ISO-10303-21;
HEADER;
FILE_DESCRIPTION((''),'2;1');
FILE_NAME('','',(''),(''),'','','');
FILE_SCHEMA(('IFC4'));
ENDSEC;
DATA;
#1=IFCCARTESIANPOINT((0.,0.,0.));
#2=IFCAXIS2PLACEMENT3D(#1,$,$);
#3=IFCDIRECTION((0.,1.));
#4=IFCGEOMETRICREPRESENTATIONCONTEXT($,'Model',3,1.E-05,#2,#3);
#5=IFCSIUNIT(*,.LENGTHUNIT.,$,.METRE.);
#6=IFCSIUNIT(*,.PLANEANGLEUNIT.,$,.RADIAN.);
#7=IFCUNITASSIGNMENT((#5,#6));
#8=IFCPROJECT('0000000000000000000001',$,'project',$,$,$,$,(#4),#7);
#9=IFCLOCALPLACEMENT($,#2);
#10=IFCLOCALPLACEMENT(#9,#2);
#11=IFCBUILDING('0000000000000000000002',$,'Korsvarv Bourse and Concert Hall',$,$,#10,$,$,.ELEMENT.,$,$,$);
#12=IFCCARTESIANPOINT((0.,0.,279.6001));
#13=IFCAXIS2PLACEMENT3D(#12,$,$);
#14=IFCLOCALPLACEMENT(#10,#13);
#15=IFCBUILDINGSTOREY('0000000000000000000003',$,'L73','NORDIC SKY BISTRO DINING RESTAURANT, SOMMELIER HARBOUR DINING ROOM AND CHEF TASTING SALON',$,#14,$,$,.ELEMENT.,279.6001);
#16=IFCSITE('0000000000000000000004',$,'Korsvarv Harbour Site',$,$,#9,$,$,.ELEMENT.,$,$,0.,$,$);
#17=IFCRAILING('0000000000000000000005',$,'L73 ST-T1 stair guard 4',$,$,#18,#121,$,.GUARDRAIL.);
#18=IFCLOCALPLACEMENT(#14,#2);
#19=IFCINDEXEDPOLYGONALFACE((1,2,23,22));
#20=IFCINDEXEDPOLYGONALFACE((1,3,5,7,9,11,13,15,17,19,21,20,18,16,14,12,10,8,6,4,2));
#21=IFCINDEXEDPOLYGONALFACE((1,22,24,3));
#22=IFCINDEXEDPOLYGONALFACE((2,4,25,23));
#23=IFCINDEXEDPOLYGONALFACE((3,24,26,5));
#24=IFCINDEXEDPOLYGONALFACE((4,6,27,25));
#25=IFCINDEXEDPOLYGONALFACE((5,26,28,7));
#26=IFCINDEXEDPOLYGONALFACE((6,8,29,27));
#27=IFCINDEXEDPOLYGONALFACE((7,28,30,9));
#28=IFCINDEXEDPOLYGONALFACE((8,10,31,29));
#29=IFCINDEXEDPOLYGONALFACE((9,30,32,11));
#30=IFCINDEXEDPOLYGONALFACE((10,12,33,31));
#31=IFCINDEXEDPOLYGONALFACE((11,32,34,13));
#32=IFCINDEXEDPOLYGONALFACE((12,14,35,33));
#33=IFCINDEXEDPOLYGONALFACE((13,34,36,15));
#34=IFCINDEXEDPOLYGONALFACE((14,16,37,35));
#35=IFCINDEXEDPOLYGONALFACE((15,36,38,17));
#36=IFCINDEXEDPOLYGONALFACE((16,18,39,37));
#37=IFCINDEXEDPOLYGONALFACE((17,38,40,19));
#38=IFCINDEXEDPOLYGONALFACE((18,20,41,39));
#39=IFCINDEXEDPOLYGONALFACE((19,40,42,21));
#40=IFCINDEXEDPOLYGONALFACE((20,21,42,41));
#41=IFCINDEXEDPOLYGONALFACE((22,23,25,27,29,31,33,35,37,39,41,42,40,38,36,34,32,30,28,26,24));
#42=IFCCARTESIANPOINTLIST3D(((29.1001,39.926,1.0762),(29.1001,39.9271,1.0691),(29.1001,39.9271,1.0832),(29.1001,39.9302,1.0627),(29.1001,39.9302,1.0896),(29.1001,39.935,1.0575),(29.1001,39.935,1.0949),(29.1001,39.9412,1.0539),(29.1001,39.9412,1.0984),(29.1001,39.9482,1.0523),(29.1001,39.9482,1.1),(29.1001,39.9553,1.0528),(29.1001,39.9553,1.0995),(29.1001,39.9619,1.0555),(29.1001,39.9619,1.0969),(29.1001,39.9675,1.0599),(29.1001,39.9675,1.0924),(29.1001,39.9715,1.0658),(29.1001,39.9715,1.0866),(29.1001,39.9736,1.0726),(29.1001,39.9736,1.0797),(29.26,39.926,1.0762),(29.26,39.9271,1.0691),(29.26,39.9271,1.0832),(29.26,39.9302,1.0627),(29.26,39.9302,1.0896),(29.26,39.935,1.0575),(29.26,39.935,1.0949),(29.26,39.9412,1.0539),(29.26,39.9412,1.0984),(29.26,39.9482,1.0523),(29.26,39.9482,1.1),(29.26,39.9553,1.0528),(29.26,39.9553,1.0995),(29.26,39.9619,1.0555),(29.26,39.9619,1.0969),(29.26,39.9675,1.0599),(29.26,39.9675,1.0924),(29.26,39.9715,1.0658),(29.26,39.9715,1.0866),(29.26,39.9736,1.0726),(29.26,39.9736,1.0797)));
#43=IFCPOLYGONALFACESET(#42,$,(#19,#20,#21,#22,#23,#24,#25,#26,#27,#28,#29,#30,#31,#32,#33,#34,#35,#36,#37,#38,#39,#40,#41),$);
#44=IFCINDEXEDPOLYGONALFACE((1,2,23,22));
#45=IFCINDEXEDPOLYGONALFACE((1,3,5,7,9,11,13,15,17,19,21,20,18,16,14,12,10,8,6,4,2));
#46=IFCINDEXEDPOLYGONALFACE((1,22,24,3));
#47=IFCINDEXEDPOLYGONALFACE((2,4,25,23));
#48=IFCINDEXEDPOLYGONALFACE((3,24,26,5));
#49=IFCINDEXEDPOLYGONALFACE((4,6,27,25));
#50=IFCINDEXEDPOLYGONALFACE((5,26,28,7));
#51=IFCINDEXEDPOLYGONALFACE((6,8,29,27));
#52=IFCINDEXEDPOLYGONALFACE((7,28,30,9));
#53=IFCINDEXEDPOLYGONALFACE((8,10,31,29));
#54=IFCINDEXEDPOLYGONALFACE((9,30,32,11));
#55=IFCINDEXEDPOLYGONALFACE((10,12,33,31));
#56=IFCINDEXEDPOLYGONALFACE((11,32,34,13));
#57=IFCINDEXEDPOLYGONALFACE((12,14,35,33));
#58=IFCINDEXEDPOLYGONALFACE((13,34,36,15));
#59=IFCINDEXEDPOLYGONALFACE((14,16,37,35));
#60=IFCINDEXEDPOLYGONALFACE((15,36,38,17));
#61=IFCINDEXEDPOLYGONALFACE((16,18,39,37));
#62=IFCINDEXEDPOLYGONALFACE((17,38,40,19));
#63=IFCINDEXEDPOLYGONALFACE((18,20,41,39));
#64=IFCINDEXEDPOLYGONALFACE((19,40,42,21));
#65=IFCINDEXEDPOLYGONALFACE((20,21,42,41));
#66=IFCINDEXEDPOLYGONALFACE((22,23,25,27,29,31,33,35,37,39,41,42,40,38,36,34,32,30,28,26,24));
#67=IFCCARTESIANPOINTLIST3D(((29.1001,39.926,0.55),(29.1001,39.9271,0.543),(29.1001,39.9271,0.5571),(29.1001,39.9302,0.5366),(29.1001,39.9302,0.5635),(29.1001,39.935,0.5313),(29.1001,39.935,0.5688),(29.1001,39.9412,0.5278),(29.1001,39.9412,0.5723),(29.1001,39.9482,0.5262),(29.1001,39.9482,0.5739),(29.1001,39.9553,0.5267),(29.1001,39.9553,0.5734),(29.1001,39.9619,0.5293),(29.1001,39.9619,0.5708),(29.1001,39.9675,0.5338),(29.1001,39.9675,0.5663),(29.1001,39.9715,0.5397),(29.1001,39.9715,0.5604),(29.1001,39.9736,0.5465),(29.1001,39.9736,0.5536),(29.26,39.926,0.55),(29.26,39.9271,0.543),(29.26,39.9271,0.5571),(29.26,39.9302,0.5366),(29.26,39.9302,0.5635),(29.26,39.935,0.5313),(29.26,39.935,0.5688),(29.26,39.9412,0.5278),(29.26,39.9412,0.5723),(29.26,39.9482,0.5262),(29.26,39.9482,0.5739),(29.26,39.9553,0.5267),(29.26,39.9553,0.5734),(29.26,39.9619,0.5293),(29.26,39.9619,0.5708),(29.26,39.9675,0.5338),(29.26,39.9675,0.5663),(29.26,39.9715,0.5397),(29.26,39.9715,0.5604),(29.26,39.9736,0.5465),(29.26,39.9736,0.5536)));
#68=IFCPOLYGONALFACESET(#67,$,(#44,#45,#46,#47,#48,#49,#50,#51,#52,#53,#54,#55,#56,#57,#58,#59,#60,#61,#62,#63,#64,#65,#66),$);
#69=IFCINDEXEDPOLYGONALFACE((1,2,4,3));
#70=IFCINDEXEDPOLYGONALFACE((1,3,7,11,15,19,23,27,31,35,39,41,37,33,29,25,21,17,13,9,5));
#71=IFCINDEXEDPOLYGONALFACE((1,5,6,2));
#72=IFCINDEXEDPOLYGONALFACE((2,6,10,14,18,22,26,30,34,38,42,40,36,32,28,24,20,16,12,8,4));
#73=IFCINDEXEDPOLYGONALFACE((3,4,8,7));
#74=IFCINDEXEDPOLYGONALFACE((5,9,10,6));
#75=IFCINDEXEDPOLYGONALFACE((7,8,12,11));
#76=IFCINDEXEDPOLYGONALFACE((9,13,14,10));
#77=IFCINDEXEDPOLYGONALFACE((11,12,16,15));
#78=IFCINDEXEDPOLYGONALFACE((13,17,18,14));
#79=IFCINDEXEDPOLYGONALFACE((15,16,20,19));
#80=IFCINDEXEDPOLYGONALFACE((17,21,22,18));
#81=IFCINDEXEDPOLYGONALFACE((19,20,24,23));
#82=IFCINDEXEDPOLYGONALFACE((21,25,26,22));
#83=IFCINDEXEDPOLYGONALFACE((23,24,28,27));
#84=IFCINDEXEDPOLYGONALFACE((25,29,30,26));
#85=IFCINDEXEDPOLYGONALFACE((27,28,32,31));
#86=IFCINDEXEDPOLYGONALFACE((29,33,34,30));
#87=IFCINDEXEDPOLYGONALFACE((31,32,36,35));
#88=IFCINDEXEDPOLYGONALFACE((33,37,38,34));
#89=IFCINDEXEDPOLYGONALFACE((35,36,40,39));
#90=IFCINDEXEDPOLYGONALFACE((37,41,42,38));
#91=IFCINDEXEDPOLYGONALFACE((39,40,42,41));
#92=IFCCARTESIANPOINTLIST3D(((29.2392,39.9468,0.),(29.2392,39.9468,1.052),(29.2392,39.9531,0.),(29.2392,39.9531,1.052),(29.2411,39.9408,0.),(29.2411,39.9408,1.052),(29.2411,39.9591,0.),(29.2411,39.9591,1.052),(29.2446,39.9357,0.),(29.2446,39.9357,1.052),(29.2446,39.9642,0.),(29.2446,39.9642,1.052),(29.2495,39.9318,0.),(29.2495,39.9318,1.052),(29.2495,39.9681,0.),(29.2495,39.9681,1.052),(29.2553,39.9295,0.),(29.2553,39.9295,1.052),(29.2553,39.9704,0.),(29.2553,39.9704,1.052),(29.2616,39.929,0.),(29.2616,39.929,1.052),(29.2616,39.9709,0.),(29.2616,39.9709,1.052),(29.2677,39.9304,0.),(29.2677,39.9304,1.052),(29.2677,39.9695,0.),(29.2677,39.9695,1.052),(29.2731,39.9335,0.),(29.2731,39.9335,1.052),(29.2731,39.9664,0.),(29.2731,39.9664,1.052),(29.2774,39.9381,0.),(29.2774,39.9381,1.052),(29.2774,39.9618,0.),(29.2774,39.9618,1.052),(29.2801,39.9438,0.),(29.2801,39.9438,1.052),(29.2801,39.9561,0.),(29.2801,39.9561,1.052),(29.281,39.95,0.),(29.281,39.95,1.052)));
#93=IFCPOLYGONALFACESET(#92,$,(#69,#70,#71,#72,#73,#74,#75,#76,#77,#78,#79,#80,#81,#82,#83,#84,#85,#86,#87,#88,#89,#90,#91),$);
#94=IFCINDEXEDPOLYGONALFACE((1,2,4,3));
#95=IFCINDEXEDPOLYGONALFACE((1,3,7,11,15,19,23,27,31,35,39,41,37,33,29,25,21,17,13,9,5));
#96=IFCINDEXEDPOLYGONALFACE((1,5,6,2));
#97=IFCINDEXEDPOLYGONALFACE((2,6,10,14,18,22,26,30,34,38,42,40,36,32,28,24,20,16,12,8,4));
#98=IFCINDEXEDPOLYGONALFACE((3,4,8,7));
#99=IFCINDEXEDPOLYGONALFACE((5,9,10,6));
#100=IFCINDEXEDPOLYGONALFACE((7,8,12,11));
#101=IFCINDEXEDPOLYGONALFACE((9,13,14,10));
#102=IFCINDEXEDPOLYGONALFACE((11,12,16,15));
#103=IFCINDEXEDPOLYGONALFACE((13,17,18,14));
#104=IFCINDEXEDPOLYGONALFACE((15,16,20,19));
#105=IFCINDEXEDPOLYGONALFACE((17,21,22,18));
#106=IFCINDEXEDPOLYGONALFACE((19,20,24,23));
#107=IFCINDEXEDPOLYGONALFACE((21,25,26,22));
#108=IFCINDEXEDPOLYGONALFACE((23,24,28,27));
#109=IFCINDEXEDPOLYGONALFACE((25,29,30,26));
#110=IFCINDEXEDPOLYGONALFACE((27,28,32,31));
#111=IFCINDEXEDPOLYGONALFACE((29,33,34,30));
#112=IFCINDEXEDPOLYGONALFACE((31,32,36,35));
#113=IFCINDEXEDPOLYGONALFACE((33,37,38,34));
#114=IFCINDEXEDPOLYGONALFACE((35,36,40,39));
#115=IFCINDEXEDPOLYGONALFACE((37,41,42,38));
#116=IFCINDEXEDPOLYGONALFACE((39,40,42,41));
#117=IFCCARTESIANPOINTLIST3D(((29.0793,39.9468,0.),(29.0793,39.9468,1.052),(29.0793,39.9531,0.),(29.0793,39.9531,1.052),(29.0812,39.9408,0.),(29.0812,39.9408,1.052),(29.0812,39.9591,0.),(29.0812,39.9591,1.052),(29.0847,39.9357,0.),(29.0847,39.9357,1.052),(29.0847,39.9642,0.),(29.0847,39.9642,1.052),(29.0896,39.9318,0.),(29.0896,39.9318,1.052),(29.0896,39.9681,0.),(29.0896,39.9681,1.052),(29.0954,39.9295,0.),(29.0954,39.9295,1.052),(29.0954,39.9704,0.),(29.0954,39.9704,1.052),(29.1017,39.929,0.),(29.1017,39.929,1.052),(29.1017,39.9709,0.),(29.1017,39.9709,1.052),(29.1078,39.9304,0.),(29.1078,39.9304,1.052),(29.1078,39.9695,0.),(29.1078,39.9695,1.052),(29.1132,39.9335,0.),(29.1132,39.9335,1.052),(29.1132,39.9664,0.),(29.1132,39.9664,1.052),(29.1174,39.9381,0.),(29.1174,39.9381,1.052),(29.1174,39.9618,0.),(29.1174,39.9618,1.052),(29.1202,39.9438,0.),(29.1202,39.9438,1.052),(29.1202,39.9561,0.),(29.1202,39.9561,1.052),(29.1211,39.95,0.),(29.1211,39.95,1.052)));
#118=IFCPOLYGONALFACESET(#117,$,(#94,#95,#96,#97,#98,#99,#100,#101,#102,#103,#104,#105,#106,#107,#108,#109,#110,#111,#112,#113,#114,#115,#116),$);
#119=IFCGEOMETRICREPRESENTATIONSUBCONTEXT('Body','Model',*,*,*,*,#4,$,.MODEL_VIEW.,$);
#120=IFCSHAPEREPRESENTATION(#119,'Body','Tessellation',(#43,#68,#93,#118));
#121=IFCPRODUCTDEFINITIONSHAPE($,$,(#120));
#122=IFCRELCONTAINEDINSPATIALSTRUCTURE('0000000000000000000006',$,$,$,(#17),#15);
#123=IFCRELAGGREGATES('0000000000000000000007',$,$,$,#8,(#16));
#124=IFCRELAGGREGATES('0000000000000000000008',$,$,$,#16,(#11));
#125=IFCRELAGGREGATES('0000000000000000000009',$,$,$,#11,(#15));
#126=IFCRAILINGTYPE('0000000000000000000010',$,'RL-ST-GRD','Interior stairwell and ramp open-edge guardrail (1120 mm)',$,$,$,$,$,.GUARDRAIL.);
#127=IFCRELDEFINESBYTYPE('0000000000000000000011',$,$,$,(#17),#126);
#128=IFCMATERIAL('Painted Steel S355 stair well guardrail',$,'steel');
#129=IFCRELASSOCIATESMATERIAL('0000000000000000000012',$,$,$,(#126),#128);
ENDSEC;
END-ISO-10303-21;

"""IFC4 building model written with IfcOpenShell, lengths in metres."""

from ifc_helpers import new_model, si_unit, direction, frame, origin, origin_2d, place, context, subcontext, project, spatial, circle, extrude, material, type_object, element, save


model = new_model("IFC4")

# Units and contexts
model_context = context("Model", 3, precision=1e-05, world=origin(), true_north=direction((0.0, 1.0)))
body_context = subcontext(model_context, "Body", "Model", "MODEL_VIEW")
ifc_project = project(units=[si_unit("LENGTHUNIT", "METRE"), si_unit("PLANEANGLEUNIT", "RADIAN")], contexts=[model_context])

# Site, building, storey
site_placement = place(None, origin())
site = spatial("IfcSite", under=ifc_project, at=site_placement, Name="Korsvarv Harbour Site", CompositionType="ELEMENT", RefElevation=0.0)
building_placement = place(site_placement, origin())
building = spatial("IfcBuilding", under=site, at=building_placement, Name="Korsvarv Bourse and Concert Hall", CompositionType="ELEMENT")
storey_placement = place(building_placement, frame((0.0, 0.0, 279.6001)))
storey = spatial("IfcBuildingStorey", under=building, at=storey_placement, Name="L73", Description="NORDIC SKY BISTRO DINING RESTAURANT, SOMMELIER HARBOUR DINING ROOM AND CHEF TASTING SALON", CompositionType="ELEMENT", Elevation=279.6001)

# Railing
ifc_material_1 = material(Name="Painted Steel S355 stair well guardrail", Category="steel")
railing_type_1 = type_object("IfcRailingType", Name="RL-ST-GRD", Description="Interior stairwell and ramp open-edge guardrail (1120 mm)", PredefinedType="GUARDRAIL", material=ifc_material_1)
railing_1_placement = place(storey_placement, frame((29.26, 39.95, 0.0)))
element("IfcRailing", 1, at=railing_1_placement, inside=storey, type_object=railing_type_1, Name="L73 ST-T1 stair guard 4", PredefinedType="GUARDRAIL", context=body_context, shape_type="SweptSolid", body=[
    extrude(circle(Radius=0.0239, at=origin_2d()), frame((0.0, 0.0, 1.0762), z_axis=(-1.0, 0.0, 0.0), x_axis=(0.0, -1.0, 0.0)), (0.0, 0.0, 1.0), 0.1599),
    extrude(circle(Radius=0.0239, at=origin_2d()), frame((0.0, 0.0, 0.55), z_axis=(-1.0, 0.0, 0.0), x_axis=(0.0, -1.0, 0.0)), (0.0, 0.0, 1.0), 0.1599),
    extrude(circle(Radius=0.021, at=origin_2d()), origin(), (0.0, 0.0, 1.0), 1.052),
    extrude(circle(Radius=0.021, at=origin_2d()), frame((-0.1599, 0.0, 0.0)), (0.0, 0.0, 1.0), 1.052),
])

save(model, "model.ifc")
